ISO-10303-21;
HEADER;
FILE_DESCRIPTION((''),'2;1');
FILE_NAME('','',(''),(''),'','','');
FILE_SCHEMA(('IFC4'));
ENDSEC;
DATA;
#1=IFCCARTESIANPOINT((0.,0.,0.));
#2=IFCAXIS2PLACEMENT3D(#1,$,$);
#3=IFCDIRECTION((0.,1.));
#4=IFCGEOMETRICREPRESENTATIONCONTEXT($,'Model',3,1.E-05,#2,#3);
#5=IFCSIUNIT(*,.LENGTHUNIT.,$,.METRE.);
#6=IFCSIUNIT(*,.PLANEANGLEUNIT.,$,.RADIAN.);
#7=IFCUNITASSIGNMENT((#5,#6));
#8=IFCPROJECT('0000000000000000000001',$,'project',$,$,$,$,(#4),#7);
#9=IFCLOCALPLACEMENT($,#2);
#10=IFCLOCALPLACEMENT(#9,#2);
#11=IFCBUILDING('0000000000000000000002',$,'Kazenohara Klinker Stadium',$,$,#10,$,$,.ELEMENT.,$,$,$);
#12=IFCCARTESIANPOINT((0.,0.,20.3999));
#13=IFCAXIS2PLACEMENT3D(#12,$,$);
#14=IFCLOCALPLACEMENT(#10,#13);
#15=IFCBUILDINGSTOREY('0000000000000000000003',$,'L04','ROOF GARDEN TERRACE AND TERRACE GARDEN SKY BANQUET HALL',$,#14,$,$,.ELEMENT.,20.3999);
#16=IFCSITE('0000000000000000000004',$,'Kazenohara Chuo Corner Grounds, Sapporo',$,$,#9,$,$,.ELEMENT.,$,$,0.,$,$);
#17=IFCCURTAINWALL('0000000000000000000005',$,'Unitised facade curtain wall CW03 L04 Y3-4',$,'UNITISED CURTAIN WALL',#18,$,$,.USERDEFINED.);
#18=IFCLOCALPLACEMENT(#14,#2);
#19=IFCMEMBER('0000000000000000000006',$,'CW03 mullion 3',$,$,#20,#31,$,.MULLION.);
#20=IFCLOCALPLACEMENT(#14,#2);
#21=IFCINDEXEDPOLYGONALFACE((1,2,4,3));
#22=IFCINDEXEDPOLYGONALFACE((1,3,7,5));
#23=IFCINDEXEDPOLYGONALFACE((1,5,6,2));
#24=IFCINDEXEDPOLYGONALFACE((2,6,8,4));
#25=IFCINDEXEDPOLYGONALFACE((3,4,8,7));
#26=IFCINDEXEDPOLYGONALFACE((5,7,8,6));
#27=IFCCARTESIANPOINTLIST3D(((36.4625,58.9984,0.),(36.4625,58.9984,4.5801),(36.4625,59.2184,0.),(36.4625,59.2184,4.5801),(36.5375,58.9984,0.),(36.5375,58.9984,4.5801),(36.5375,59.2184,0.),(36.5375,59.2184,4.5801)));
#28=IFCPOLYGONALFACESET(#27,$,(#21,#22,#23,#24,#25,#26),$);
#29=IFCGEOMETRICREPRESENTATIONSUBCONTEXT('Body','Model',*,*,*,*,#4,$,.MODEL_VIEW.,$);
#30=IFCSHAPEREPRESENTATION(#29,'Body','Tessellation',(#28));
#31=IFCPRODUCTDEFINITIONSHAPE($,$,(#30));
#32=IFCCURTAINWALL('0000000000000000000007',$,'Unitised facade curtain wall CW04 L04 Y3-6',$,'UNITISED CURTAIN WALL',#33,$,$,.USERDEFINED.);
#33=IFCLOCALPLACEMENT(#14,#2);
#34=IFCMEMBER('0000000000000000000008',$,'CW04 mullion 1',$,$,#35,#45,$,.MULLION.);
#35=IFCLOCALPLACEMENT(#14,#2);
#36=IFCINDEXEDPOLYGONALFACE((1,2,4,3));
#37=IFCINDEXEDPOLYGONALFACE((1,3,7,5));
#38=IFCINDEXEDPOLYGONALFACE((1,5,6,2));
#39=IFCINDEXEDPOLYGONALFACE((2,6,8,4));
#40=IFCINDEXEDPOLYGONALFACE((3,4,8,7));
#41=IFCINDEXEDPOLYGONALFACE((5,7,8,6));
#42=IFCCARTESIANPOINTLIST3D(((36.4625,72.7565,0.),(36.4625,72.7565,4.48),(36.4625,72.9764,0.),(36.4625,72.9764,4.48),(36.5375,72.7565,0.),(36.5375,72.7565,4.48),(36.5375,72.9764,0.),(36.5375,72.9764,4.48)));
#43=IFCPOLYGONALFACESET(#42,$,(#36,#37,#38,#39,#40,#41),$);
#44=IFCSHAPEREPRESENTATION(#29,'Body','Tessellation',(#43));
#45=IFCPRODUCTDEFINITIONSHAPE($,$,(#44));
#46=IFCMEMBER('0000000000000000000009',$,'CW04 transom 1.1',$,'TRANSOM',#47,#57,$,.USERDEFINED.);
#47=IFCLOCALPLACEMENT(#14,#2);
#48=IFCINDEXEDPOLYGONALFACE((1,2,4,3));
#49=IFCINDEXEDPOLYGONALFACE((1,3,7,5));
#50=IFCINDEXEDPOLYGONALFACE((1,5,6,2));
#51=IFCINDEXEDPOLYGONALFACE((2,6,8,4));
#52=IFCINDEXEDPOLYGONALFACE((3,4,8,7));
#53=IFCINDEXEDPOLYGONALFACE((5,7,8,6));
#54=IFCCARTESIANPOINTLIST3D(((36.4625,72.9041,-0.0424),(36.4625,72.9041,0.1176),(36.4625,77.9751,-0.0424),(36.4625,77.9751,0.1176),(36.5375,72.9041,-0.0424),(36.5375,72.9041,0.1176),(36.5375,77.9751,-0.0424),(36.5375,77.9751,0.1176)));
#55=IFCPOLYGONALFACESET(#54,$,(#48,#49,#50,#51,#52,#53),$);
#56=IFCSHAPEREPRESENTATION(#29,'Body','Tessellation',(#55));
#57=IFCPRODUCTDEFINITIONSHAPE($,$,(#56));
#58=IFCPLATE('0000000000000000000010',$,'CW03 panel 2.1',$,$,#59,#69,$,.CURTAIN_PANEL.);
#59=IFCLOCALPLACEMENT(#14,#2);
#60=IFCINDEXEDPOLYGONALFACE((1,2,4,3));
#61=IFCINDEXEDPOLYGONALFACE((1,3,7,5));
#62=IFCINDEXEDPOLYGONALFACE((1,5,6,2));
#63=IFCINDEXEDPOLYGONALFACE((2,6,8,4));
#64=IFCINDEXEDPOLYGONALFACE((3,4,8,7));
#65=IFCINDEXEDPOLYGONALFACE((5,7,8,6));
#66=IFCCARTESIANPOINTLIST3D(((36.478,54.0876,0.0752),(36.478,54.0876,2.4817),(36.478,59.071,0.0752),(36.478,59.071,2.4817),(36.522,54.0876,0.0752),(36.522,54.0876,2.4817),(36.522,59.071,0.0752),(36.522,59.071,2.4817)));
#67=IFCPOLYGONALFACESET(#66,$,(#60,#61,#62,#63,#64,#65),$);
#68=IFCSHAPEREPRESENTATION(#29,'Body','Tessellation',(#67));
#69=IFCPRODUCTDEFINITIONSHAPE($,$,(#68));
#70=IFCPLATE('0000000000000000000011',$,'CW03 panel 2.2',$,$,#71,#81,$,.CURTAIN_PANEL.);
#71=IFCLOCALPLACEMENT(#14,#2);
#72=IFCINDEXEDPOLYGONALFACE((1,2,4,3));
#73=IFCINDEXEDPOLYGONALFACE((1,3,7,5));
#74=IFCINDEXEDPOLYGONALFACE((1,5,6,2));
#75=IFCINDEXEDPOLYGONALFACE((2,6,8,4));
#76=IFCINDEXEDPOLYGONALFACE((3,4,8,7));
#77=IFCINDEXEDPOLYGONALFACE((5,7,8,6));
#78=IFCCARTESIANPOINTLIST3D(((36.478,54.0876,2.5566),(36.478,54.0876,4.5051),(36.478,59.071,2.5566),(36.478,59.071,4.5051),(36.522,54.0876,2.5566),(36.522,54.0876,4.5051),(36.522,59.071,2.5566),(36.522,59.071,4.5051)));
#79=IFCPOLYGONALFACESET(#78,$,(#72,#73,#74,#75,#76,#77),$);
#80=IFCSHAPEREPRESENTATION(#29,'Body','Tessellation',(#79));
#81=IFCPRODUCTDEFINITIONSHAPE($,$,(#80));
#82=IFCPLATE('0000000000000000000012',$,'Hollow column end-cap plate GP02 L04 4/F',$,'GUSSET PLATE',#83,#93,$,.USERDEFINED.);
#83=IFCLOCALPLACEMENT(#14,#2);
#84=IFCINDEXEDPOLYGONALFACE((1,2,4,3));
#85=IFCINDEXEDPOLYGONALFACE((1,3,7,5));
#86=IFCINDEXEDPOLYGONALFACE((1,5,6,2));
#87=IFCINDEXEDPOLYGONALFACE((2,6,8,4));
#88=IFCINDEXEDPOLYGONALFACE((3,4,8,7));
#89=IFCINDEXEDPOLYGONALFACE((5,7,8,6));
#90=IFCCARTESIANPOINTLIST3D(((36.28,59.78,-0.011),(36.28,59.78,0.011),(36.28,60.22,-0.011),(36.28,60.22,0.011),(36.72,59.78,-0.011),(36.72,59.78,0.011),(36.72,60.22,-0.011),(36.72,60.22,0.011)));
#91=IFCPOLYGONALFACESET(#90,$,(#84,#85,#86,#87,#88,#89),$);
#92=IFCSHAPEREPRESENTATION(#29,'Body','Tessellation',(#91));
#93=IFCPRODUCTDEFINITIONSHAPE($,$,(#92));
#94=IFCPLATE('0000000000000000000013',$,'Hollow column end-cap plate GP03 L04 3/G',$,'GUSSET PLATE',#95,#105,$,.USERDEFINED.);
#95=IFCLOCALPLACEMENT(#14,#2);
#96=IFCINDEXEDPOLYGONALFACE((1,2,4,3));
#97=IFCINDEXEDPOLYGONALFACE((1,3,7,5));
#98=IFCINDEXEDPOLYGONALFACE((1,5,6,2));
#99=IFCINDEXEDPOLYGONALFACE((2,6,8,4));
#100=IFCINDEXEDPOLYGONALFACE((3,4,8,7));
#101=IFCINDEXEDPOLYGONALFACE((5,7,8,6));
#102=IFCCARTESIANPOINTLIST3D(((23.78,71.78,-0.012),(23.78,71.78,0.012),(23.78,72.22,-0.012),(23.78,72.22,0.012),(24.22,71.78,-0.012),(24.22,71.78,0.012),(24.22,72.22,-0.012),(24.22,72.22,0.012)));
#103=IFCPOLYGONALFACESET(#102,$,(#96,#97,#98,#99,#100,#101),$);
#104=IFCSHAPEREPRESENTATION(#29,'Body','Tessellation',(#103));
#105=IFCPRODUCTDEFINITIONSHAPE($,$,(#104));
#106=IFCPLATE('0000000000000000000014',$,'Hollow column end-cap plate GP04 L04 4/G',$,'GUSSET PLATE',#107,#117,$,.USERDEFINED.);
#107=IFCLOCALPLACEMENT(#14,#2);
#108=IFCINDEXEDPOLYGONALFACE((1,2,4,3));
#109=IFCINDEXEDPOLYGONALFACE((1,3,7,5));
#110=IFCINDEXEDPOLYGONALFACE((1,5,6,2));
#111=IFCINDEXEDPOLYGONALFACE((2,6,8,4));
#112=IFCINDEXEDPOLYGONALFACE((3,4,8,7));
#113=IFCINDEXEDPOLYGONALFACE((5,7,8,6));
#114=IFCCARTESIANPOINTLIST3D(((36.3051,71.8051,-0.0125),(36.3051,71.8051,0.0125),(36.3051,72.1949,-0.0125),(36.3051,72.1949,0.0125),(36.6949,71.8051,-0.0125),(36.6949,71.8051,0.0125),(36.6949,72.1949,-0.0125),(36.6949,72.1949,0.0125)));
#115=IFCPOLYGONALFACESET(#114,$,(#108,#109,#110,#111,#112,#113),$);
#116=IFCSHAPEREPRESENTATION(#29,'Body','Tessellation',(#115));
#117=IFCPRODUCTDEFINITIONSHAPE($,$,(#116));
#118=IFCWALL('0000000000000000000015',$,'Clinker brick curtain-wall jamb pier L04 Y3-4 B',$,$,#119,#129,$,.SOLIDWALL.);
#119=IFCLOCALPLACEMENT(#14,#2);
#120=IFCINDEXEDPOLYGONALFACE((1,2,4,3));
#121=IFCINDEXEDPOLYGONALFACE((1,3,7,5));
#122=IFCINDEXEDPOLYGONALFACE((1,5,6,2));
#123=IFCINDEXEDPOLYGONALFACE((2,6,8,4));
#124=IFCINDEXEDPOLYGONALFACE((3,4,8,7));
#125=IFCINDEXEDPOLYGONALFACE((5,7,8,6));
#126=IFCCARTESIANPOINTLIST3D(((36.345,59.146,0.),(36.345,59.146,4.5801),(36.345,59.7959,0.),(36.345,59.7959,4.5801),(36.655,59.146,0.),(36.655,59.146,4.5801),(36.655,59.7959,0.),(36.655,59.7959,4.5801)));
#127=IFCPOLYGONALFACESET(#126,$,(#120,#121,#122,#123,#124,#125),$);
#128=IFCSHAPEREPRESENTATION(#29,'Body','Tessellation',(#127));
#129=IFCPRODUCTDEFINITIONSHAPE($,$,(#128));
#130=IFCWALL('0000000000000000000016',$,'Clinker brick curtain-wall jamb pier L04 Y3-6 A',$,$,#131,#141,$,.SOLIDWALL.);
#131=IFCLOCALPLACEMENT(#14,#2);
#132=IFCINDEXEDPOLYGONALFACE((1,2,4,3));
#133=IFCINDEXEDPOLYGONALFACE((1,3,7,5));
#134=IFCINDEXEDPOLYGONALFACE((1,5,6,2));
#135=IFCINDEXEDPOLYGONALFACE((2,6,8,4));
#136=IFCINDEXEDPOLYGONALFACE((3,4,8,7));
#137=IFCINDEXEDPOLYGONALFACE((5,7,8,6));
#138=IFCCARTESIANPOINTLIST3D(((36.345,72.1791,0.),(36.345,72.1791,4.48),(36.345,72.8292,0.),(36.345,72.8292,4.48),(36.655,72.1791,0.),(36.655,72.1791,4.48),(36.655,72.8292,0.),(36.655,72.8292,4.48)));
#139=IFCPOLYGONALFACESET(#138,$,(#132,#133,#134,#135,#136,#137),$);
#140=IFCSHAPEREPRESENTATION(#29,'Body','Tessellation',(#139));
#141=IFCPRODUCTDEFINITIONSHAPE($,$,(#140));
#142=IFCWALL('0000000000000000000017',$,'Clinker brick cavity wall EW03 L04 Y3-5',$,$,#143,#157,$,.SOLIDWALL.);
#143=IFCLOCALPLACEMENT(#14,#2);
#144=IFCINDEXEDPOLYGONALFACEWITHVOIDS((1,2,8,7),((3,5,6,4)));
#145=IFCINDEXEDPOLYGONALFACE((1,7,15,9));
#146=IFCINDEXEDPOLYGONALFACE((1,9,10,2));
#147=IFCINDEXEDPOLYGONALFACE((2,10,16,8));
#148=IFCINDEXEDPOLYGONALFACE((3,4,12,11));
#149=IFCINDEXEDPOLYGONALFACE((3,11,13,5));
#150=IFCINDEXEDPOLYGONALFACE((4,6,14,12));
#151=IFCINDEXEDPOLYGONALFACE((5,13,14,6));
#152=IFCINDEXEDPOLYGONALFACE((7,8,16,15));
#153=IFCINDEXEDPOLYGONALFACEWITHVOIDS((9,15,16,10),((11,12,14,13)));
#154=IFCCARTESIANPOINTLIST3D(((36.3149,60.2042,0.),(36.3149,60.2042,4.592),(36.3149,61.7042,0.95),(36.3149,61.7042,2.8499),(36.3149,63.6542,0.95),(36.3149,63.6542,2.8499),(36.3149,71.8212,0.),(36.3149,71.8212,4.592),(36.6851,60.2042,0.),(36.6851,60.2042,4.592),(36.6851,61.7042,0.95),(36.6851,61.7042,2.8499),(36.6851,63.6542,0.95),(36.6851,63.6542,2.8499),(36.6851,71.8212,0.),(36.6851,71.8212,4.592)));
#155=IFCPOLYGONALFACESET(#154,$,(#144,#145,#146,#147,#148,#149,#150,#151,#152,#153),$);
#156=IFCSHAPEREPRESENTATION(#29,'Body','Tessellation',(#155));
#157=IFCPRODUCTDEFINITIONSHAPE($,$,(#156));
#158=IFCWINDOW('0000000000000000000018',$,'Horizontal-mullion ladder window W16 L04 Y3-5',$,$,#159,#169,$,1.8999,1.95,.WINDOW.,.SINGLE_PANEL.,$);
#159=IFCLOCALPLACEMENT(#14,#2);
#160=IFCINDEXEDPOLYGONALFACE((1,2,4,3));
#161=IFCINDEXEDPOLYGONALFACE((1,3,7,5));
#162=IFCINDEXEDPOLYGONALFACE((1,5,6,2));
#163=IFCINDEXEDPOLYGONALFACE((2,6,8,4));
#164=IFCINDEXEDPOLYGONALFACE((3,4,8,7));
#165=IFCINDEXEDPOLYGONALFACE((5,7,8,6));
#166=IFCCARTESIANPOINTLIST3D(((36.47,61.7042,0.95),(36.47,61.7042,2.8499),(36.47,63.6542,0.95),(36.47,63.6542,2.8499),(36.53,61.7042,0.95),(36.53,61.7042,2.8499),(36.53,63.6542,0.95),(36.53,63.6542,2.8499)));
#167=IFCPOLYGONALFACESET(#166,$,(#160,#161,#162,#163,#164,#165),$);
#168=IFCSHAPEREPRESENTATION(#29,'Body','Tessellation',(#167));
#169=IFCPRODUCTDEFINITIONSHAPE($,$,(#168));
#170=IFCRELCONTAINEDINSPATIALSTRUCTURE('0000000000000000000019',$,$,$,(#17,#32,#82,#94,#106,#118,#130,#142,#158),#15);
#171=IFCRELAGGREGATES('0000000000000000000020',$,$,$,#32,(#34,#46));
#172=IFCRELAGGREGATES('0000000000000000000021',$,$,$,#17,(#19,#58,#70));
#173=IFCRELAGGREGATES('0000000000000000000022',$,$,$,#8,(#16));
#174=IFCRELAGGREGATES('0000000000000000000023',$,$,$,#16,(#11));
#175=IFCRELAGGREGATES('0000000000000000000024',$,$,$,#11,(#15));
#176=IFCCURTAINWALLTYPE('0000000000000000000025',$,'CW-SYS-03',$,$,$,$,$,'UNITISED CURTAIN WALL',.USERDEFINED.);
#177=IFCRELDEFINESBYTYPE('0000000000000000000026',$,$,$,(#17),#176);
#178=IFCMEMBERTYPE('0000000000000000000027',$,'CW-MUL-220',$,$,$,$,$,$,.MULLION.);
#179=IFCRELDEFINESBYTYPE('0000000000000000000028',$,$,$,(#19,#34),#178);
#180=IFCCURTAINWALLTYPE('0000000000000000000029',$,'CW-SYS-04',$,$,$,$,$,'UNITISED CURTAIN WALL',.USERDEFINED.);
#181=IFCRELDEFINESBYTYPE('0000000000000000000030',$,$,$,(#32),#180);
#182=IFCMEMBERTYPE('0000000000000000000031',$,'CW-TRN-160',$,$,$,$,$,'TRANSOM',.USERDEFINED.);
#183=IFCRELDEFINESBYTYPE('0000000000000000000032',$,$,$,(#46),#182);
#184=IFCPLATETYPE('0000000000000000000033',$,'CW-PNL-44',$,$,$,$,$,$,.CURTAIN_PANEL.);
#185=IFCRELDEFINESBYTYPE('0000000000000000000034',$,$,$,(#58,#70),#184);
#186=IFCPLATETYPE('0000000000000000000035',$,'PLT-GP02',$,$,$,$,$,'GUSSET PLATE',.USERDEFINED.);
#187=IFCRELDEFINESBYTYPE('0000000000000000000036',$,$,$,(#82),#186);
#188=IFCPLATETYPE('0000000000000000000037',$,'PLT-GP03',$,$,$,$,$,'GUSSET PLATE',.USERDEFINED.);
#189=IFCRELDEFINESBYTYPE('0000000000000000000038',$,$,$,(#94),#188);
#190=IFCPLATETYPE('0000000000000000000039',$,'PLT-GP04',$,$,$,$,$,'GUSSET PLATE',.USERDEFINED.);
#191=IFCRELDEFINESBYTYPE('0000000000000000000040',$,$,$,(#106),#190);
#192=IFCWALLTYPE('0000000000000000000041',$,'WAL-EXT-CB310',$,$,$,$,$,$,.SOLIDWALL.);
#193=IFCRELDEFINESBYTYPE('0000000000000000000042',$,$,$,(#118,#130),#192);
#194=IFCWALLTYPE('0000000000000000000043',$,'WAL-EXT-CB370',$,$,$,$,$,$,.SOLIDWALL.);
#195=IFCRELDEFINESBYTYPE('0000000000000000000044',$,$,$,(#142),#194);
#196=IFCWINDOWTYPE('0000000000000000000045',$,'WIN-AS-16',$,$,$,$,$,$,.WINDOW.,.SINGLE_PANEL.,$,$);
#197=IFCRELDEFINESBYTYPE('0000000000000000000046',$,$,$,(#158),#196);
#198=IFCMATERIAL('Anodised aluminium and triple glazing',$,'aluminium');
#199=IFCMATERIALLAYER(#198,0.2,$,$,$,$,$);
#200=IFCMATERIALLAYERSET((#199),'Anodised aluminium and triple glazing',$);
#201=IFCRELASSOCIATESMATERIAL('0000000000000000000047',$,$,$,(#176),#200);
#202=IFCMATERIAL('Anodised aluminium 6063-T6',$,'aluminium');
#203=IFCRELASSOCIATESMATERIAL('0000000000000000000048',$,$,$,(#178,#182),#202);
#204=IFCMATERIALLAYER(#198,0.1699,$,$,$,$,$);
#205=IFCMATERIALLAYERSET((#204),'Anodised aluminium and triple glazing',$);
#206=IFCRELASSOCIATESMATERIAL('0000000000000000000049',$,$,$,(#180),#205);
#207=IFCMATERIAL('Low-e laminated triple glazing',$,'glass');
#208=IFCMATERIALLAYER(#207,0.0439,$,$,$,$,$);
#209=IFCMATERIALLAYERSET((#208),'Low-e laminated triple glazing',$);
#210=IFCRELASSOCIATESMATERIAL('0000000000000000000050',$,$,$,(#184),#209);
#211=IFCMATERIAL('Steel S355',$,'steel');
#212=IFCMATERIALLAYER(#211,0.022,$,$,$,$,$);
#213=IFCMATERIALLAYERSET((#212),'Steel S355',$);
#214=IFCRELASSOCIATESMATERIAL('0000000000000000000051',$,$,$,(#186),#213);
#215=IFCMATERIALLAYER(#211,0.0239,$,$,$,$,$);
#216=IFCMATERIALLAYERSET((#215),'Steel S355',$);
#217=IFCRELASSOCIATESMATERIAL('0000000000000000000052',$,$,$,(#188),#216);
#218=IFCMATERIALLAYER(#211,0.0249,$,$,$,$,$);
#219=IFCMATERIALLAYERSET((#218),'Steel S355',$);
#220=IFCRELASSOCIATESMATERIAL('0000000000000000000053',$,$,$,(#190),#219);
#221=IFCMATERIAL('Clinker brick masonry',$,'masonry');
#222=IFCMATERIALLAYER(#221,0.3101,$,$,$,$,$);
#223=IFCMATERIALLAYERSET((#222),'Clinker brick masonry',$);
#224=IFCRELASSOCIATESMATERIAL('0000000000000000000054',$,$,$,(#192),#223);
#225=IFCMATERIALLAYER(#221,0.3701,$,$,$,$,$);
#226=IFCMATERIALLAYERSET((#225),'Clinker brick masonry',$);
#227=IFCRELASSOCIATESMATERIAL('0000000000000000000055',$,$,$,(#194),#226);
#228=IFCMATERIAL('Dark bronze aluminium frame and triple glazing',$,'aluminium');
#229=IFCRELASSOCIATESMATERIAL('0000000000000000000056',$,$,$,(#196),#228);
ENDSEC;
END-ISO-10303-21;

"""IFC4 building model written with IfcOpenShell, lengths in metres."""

from ifc_helpers import new_model, si_unit, direction, frame, frame_2d, origin, origin_2d, place, context, subcontext, project, spatial, rectangle, extrude, material, layer, layer_set, material_profile, profile_set, type_object, element, fill, aggregate, save


model = new_model("IFC4")

# Units and contexts
model_context = context("Model", 3, precision=1e-05, world=origin(), true_north=direction((0.0, 1.0)))
body_context = subcontext(model_context, "Body", "Model", "MODEL_VIEW")
ifc_project = project(units=[si_unit("LENGTHUNIT", "METRE"), si_unit("PLANEANGLEUNIT", "RADIAN")], contexts=[model_context])

# Site, building, storey
site_placement = place(None, origin())
site = spatial("IfcSite", under=ifc_project, at=site_placement, Name="Kazenohara Chuo Corner Grounds, Sapporo", CompositionType="ELEMENT", RefElevation=0.0)
building_placement = place(site_placement, origin())
building = spatial("IfcBuilding", under=site, at=building_placement, Name="Kazenohara Klinker Stadium", CompositionType="ELEMENT")
storey_placement = place(building_placement, frame((0.0, 0.0, 20.3999)))
storey = spatial("IfcBuildingStorey", under=building, at=storey_placement, Name="L04", Description="ROOF GARDEN TERRACE AND TERRACE GARDEN SKY BANQUET HALL", CompositionType="ELEMENT", Elevation=20.3999)

# Shared definitions
ifc_material_1 = material(Name="Steel S355", Category="steel")

# Curtain wall, member
ifc_material_2 = material(Name="Anodised aluminium and triple glazing", Category="aluminium")
ifc_layer_1 = layer(ifc_material_2, 0.2)
ifc_layer_set_1 = layer_set([ifc_layer_1], Name="Anodised aluminium and triple glazing")
curtain_wall_type_1 = type_object("IfcCurtainWallType", Name="CW-SYS-03", ElementType="UNITISED CURTAIN WALL", PredefinedType="USERDEFINED", material=ifc_layer_set_1)
curtain_wall_1_placement = place(storey_placement, origin())
curtain_wall_1 = element("IfcCurtainWall", 1, at=curtain_wall_1_placement, inside=storey, type_object=curtain_wall_type_1, Name="Unitised facade curtain wall CW03 L04 Y3-4", ObjectType="UNITISED CURTAIN WALL", PredefinedType="USERDEFINED")
ifc_material_3 = material(Name="Anodised aluminium 6063-T6", Category="aluminium")
ifc_material_profile_1 = material_profile(ifc_material_3, rectangle(XDim=0.075, YDim=0.22, at=origin_2d()), Name="ALU-MUL-75x220")
ifc_profile_set_1 = profile_set([ifc_material_profile_1], Name="Anodised aluminium 6063-T6")
member_type_1 = type_object("IfcMemberType", Name="CW-MUL-220", PredefinedType="MULLION", material=ifc_profile_set_1)
member_1_placement = place(storey_placement, frame((36.5, 59.1084, 0.0), z_axis=(0.0, 0.0, 1.0), x_axis=(-1.0, 0.0, 0.0)))
member_1 = element("IfcMember", 2, at=member_1_placement, type_object=member_type_1, Name="CW03 mullion 3", PredefinedType="MULLION", context=body_context, shape_type="SweptSolid", body=[
    extrude(rectangle(XDim=0.075, YDim=0.22, at=origin_2d()), origin(), (0.0, 0.0, 1.0), 4.5801),
])

# Curtain wall, members
ifc_layer_2 = layer(ifc_material_2, 0.1699)
ifc_layer_set_2 = layer_set([ifc_layer_2], Name="Anodised aluminium and triple glazing")
curtain_wall_type_2 = type_object("IfcCurtainWallType", Name="CW-SYS-04", ElementType="UNITISED CURTAIN WALL", PredefinedType="USERDEFINED", material=ifc_layer_set_2)
curtain_wall_2_placement = place(storey_placement, origin())
curtain_wall_2 = element("IfcCurtainWall", 3, at=curtain_wall_2_placement, inside=storey, type_object=curtain_wall_type_2, Name="Unitised facade curtain wall CW04 L04 Y3-6", ObjectType="UNITISED CURTAIN WALL", PredefinedType="USERDEFINED")
member_2_placement = place(storey_placement, frame((36.5, 72.8665, 0.0), z_axis=(0.0, 0.0, 1.0), x_axis=(-1.0, 0.0, 0.0)))
member_2 = element("IfcMember", 4, at=member_2_placement, type_object=member_type_1, Name="CW04 mullion 1", PredefinedType="MULLION", context=body_context, shape_type="SweptSolid", body=[
    extrude(rectangle(XDim=0.075, YDim=0.22, at=origin_2d()), origin(), (0.0, 0.0, 1.0), 4.48),
])
ifc_material_profile_2 = material_profile(ifc_material_3, rectangle(XDim=0.075, YDim=0.1599, at=origin_2d()), Name="ALU-TRN-75x160")
ifc_profile_set_2 = profile_set([ifc_material_profile_2], Name="Anodised aluminium 6063-T6")
member_type_2 = type_object("IfcMemberType", Name="CW-TRN-160", ElementType="TRANSOM", PredefinedType="USERDEFINED", material=ifc_profile_set_2)
member_3_placement = place(storey_placement, frame((36.5, 72.9041, 0.0376), z_axis=(0.0, 1.0, 0.0), x_axis=(-1.0, 0.0, 0.0)))
member_3 = element("IfcMember", 5, at=member_3_placement, type_object=member_type_2, Name="CW04 transom 1.1", ObjectType="TRANSOM", PredefinedType="USERDEFINED", context=body_context, shape_type="SweptSolid", body=[
    extrude(rectangle(XDim=0.075, YDim=0.1599, at=origin_2d()), origin(), (0.0, 0.0, 1.0), 5.071),
])
aggregate(curtain_wall_2, [member_2, member_3])

# Plates
ifc_material_4 = material(Name="Low-e laminated triple glazing", Category="glass")
ifc_layer_3 = layer(ifc_material_4, 0.0439)
ifc_layer_set_3 = layer_set([ifc_layer_3], Name="Low-e laminated triple glazing")
plate_type_1 = type_object("IfcPlateType", Name="CW-PNL-44", PredefinedType="CURTAIN_PANEL", material=ifc_layer_set_3)
plate_1_placement = place(storey_placement, frame((36.5, 56.5793, 0.0752), z_axis=(0.0, 0.0, 1.0), x_axis=(0.0, 1.0, 0.0)))
plate_1 = element("IfcPlate", 6, at=plate_1_placement, type_object=plate_type_1, Name="CW03 panel 2.1", PredefinedType="CURTAIN_PANEL", context=body_context, shape_type="SweptSolid", body=[
    extrude(rectangle(XDim=4.9834, YDim=0.0439, at=origin_2d()), origin(), (0.0, 0.0, 1.0), 2.4065),
])
plate_2_placement = place(storey_placement, frame((36.5, 56.5793, 2.5566), z_axis=(0.0, 0.0, 1.0), x_axis=(0.0, 1.0, 0.0)))
plate_2 = element("IfcPlate", 7, at=plate_2_placement, type_object=plate_type_1, Name="CW03 panel 2.2", PredefinedType="CURTAIN_PANEL", context=body_context, shape_type="SweptSolid", body=[
    extrude(rectangle(XDim=4.9834, YDim=0.0439, at=origin_2d()), origin(), (0.0, 0.0, 1.0), 1.9485),
])
aggregate(curtain_wall_1, [member_1, plate_1, plate_2])

# Plates
ifc_layer_4 = layer(ifc_material_1, 0.022)
ifc_layer_set_4 = layer_set([ifc_layer_4], Name="Steel S355")
plate_type_2 = type_object("IfcPlateType", Name="PLT-GP02", ElementType="GUSSET PLATE", PredefinedType="USERDEFINED", material=ifc_layer_set_4)
plate_3_placement = place(storey_placement, frame((36.5, 60.0, -0.011), z_axis=(0.0, 0.0, 1.0), x_axis=(1.0, 0.0, 0.0)))
element("IfcPlate", 8, at=plate_3_placement, inside=storey, type_object=plate_type_2, Name="Hollow column end-cap plate GP02 L04 4/F", ObjectType="GUSSET PLATE", PredefinedType="USERDEFINED", context=body_context, shape_type="SweptSolid", body=[
    extrude(rectangle(XDim=0.4399, YDim=0.4399, at=origin_2d()), origin(), (0.0, 0.0, 1.0), 0.022),
])
ifc_layer_5 = layer(ifc_material_1, 0.0239)
ifc_layer_set_5 = layer_set([ifc_layer_5], Name="Steel S355")
plate_type_3 = type_object("IfcPlateType", Name="PLT-GP03", ElementType="GUSSET PLATE", PredefinedType="USERDEFINED", material=ifc_layer_set_5)
plate_4_placement = place(storey_placement, frame((24.0, 72.0, -0.012), z_axis=(0.0, 0.0, 1.0), x_axis=(1.0, 0.0, 0.0)))
element("IfcPlate", 9, at=plate_4_placement, inside=storey, type_object=plate_type_3, Name="Hollow column end-cap plate GP03 L04 3/G", ObjectType="GUSSET PLATE", PredefinedType="USERDEFINED", context=body_context, shape_type="SweptSolid", body=[
    extrude(rectangle(XDim=0.4399, YDim=0.4399, at=origin_2d()), origin(), (0.0, 0.0, 1.0), 0.0239),
])
ifc_layer_6 = layer(ifc_material_1, 0.0249)
ifc_layer_set_6 = layer_set([ifc_layer_6], Name="Steel S355")
plate_type_4 = type_object("IfcPlateType", Name="PLT-GP04", ElementType="GUSSET PLATE", PredefinedType="USERDEFINED", material=ifc_layer_set_6)
plate_5_placement = place(storey_placement, frame((36.5, 72.0, -0.0125), z_axis=(0.0, 0.0, 1.0), x_axis=(1.0, 0.0, 0.0)))
element("IfcPlate", 10, at=plate_5_placement, inside=storey, type_object=plate_type_4, Name="Hollow column end-cap plate GP04 L04 4/G", ObjectType="GUSSET PLATE", PredefinedType="USERDEFINED", context=body_context, shape_type="SweptSolid", body=[
    extrude(rectangle(XDim=0.3899, YDim=0.3899, at=origin_2d()), origin(), (0.0, 0.0, 1.0), 0.0249),
])

# Walls
ifc_material_5 = material(Name="Clinker brick masonry", Category="masonry")
ifc_layer_7 = layer(ifc_material_5, 0.3101)
ifc_layer_set_7 = layer_set([ifc_layer_7], Name="Clinker brick masonry")
wall_type_1 = type_object("IfcWallType", Name="WAL-EXT-CB310", PredefinedType="SOLIDWALL", material=ifc_layer_set_7)
wall_1_placement = place(storey_placement, frame((36.5, 59.146, 0.0), z_axis=(0.0, 0.0, 1.0), x_axis=(0.0, 1.0, 0.0)))
element("IfcWall", 11, at=wall_1_placement, inside=storey, type_object=wall_type_1, Name="Clinker brick curtain-wall jamb pier L04 Y3-4 B", PredefinedType="SOLIDWALL", context=body_context, shape_type="SweptSolid", body=[
    extrude(rectangle(XDim=0.6499, YDim=0.3101, at=frame_2d((0.325, 0.0))), origin(), (0.0, 0.0, 1.0), 4.5801),
])
wall_2_placement = place(storey_placement, frame((36.5, 72.179, 0.0), z_axis=(0.0, 0.0, 1.0), x_axis=(0.0, 1.0, 0.0)))
element("IfcWall", 12, at=wall_2_placement, inside=storey, type_object=wall_type_1, Name="Clinker brick curtain-wall jamb pier L04 Y3-6 A", PredefinedType="SOLIDWALL", context=body_context, shape_type="SweptSolid", body=[
    extrude(rectangle(XDim=0.6501, YDim=0.3101, at=frame_2d((0.3252, 0.0))), origin(), (0.0, 0.0, 1.0), 4.48),
])

# Wall, opening, window
ifc_layer_8 = layer(ifc_material_5, 0.3701)
ifc_layer_set_8 = layer_set([ifc_layer_8], Name="Clinker brick masonry")
wall_type_2 = type_object("IfcWallType", Name="WAL-EXT-CB370", PredefinedType="SOLIDWALL", material=ifc_layer_set_8)
wall_3_placement = place(storey_placement, frame((36.5, 60.2041, 0.0), z_axis=(0.0, 0.0, 1.0), x_axis=(0.0, 1.0, 0.0)))
wall_3 = element("IfcWall", 13, at=wall_3_placement, inside=storey, type_object=wall_type_2, Name="Clinker brick cavity wall EW03 L04 Y3-5", PredefinedType="SOLIDWALL", context=body_context, shape_type="SweptSolid", body=[
    extrude(rectangle(XDim=11.6169, YDim=0.3701, at=frame_2d((5.8086, 0.0))), origin(), (0.0, 0.0, 1.0), 4.592),
])
opening_1_placement = place(wall_3_placement, frame((1.5, 0.0, 0.95)))
opening_1 = element("IfcOpeningElement", 14, at=opening_1_placement, cuts=wall_3, PredefinedType="OPENING", context=body_context, shape_type="SweptSolid", body=[
    extrude(rectangle(XDim=1.95, YDim=1.8999, at=frame_2d((0.9751, 0.95))), frame((0.0, 0.1951, 0.0), z_axis=(0.0, -1.0, 0.0), x_axis=(1.0, 0.0, 0.0)), (0.0, 0.0, 1.0), 0.3901),
])
ifc_material_6 = material(Name="Dark bronze aluminium frame and triple glazing", Category="aluminium")
window_type = type_object("IfcWindowType", Name="WIN-AS-16", PartitioningType="SINGLE_PANEL", PredefinedType="WINDOW", material=ifc_material_6)
window_placement = place(opening_1_placement, origin())
window = element("IfcWindow", 15, at=window_placement, inside=storey, type_object=window_type, Name="Horizontal-mullion ladder window W16 L04 Y3-5", OverallHeight=1.8999, OverallWidth=1.95, PartitioningType="SINGLE_PANEL", PredefinedType="WINDOW", context=body_context, shape_type="SweptSolid", body=[
    extrude(rectangle(XDim=1.95, YDim=1.8999, at=frame_2d((0.9751, 0.95))), frame((0.0, 0.03, 0.0), z_axis=(0.0, -1.0, 0.0), x_axis=(1.0, 0.0, 0.0)), (0.0, 0.0, 1.0), 0.0601),
])
fill(opening_1, window)

save(model, "model.ifc")
